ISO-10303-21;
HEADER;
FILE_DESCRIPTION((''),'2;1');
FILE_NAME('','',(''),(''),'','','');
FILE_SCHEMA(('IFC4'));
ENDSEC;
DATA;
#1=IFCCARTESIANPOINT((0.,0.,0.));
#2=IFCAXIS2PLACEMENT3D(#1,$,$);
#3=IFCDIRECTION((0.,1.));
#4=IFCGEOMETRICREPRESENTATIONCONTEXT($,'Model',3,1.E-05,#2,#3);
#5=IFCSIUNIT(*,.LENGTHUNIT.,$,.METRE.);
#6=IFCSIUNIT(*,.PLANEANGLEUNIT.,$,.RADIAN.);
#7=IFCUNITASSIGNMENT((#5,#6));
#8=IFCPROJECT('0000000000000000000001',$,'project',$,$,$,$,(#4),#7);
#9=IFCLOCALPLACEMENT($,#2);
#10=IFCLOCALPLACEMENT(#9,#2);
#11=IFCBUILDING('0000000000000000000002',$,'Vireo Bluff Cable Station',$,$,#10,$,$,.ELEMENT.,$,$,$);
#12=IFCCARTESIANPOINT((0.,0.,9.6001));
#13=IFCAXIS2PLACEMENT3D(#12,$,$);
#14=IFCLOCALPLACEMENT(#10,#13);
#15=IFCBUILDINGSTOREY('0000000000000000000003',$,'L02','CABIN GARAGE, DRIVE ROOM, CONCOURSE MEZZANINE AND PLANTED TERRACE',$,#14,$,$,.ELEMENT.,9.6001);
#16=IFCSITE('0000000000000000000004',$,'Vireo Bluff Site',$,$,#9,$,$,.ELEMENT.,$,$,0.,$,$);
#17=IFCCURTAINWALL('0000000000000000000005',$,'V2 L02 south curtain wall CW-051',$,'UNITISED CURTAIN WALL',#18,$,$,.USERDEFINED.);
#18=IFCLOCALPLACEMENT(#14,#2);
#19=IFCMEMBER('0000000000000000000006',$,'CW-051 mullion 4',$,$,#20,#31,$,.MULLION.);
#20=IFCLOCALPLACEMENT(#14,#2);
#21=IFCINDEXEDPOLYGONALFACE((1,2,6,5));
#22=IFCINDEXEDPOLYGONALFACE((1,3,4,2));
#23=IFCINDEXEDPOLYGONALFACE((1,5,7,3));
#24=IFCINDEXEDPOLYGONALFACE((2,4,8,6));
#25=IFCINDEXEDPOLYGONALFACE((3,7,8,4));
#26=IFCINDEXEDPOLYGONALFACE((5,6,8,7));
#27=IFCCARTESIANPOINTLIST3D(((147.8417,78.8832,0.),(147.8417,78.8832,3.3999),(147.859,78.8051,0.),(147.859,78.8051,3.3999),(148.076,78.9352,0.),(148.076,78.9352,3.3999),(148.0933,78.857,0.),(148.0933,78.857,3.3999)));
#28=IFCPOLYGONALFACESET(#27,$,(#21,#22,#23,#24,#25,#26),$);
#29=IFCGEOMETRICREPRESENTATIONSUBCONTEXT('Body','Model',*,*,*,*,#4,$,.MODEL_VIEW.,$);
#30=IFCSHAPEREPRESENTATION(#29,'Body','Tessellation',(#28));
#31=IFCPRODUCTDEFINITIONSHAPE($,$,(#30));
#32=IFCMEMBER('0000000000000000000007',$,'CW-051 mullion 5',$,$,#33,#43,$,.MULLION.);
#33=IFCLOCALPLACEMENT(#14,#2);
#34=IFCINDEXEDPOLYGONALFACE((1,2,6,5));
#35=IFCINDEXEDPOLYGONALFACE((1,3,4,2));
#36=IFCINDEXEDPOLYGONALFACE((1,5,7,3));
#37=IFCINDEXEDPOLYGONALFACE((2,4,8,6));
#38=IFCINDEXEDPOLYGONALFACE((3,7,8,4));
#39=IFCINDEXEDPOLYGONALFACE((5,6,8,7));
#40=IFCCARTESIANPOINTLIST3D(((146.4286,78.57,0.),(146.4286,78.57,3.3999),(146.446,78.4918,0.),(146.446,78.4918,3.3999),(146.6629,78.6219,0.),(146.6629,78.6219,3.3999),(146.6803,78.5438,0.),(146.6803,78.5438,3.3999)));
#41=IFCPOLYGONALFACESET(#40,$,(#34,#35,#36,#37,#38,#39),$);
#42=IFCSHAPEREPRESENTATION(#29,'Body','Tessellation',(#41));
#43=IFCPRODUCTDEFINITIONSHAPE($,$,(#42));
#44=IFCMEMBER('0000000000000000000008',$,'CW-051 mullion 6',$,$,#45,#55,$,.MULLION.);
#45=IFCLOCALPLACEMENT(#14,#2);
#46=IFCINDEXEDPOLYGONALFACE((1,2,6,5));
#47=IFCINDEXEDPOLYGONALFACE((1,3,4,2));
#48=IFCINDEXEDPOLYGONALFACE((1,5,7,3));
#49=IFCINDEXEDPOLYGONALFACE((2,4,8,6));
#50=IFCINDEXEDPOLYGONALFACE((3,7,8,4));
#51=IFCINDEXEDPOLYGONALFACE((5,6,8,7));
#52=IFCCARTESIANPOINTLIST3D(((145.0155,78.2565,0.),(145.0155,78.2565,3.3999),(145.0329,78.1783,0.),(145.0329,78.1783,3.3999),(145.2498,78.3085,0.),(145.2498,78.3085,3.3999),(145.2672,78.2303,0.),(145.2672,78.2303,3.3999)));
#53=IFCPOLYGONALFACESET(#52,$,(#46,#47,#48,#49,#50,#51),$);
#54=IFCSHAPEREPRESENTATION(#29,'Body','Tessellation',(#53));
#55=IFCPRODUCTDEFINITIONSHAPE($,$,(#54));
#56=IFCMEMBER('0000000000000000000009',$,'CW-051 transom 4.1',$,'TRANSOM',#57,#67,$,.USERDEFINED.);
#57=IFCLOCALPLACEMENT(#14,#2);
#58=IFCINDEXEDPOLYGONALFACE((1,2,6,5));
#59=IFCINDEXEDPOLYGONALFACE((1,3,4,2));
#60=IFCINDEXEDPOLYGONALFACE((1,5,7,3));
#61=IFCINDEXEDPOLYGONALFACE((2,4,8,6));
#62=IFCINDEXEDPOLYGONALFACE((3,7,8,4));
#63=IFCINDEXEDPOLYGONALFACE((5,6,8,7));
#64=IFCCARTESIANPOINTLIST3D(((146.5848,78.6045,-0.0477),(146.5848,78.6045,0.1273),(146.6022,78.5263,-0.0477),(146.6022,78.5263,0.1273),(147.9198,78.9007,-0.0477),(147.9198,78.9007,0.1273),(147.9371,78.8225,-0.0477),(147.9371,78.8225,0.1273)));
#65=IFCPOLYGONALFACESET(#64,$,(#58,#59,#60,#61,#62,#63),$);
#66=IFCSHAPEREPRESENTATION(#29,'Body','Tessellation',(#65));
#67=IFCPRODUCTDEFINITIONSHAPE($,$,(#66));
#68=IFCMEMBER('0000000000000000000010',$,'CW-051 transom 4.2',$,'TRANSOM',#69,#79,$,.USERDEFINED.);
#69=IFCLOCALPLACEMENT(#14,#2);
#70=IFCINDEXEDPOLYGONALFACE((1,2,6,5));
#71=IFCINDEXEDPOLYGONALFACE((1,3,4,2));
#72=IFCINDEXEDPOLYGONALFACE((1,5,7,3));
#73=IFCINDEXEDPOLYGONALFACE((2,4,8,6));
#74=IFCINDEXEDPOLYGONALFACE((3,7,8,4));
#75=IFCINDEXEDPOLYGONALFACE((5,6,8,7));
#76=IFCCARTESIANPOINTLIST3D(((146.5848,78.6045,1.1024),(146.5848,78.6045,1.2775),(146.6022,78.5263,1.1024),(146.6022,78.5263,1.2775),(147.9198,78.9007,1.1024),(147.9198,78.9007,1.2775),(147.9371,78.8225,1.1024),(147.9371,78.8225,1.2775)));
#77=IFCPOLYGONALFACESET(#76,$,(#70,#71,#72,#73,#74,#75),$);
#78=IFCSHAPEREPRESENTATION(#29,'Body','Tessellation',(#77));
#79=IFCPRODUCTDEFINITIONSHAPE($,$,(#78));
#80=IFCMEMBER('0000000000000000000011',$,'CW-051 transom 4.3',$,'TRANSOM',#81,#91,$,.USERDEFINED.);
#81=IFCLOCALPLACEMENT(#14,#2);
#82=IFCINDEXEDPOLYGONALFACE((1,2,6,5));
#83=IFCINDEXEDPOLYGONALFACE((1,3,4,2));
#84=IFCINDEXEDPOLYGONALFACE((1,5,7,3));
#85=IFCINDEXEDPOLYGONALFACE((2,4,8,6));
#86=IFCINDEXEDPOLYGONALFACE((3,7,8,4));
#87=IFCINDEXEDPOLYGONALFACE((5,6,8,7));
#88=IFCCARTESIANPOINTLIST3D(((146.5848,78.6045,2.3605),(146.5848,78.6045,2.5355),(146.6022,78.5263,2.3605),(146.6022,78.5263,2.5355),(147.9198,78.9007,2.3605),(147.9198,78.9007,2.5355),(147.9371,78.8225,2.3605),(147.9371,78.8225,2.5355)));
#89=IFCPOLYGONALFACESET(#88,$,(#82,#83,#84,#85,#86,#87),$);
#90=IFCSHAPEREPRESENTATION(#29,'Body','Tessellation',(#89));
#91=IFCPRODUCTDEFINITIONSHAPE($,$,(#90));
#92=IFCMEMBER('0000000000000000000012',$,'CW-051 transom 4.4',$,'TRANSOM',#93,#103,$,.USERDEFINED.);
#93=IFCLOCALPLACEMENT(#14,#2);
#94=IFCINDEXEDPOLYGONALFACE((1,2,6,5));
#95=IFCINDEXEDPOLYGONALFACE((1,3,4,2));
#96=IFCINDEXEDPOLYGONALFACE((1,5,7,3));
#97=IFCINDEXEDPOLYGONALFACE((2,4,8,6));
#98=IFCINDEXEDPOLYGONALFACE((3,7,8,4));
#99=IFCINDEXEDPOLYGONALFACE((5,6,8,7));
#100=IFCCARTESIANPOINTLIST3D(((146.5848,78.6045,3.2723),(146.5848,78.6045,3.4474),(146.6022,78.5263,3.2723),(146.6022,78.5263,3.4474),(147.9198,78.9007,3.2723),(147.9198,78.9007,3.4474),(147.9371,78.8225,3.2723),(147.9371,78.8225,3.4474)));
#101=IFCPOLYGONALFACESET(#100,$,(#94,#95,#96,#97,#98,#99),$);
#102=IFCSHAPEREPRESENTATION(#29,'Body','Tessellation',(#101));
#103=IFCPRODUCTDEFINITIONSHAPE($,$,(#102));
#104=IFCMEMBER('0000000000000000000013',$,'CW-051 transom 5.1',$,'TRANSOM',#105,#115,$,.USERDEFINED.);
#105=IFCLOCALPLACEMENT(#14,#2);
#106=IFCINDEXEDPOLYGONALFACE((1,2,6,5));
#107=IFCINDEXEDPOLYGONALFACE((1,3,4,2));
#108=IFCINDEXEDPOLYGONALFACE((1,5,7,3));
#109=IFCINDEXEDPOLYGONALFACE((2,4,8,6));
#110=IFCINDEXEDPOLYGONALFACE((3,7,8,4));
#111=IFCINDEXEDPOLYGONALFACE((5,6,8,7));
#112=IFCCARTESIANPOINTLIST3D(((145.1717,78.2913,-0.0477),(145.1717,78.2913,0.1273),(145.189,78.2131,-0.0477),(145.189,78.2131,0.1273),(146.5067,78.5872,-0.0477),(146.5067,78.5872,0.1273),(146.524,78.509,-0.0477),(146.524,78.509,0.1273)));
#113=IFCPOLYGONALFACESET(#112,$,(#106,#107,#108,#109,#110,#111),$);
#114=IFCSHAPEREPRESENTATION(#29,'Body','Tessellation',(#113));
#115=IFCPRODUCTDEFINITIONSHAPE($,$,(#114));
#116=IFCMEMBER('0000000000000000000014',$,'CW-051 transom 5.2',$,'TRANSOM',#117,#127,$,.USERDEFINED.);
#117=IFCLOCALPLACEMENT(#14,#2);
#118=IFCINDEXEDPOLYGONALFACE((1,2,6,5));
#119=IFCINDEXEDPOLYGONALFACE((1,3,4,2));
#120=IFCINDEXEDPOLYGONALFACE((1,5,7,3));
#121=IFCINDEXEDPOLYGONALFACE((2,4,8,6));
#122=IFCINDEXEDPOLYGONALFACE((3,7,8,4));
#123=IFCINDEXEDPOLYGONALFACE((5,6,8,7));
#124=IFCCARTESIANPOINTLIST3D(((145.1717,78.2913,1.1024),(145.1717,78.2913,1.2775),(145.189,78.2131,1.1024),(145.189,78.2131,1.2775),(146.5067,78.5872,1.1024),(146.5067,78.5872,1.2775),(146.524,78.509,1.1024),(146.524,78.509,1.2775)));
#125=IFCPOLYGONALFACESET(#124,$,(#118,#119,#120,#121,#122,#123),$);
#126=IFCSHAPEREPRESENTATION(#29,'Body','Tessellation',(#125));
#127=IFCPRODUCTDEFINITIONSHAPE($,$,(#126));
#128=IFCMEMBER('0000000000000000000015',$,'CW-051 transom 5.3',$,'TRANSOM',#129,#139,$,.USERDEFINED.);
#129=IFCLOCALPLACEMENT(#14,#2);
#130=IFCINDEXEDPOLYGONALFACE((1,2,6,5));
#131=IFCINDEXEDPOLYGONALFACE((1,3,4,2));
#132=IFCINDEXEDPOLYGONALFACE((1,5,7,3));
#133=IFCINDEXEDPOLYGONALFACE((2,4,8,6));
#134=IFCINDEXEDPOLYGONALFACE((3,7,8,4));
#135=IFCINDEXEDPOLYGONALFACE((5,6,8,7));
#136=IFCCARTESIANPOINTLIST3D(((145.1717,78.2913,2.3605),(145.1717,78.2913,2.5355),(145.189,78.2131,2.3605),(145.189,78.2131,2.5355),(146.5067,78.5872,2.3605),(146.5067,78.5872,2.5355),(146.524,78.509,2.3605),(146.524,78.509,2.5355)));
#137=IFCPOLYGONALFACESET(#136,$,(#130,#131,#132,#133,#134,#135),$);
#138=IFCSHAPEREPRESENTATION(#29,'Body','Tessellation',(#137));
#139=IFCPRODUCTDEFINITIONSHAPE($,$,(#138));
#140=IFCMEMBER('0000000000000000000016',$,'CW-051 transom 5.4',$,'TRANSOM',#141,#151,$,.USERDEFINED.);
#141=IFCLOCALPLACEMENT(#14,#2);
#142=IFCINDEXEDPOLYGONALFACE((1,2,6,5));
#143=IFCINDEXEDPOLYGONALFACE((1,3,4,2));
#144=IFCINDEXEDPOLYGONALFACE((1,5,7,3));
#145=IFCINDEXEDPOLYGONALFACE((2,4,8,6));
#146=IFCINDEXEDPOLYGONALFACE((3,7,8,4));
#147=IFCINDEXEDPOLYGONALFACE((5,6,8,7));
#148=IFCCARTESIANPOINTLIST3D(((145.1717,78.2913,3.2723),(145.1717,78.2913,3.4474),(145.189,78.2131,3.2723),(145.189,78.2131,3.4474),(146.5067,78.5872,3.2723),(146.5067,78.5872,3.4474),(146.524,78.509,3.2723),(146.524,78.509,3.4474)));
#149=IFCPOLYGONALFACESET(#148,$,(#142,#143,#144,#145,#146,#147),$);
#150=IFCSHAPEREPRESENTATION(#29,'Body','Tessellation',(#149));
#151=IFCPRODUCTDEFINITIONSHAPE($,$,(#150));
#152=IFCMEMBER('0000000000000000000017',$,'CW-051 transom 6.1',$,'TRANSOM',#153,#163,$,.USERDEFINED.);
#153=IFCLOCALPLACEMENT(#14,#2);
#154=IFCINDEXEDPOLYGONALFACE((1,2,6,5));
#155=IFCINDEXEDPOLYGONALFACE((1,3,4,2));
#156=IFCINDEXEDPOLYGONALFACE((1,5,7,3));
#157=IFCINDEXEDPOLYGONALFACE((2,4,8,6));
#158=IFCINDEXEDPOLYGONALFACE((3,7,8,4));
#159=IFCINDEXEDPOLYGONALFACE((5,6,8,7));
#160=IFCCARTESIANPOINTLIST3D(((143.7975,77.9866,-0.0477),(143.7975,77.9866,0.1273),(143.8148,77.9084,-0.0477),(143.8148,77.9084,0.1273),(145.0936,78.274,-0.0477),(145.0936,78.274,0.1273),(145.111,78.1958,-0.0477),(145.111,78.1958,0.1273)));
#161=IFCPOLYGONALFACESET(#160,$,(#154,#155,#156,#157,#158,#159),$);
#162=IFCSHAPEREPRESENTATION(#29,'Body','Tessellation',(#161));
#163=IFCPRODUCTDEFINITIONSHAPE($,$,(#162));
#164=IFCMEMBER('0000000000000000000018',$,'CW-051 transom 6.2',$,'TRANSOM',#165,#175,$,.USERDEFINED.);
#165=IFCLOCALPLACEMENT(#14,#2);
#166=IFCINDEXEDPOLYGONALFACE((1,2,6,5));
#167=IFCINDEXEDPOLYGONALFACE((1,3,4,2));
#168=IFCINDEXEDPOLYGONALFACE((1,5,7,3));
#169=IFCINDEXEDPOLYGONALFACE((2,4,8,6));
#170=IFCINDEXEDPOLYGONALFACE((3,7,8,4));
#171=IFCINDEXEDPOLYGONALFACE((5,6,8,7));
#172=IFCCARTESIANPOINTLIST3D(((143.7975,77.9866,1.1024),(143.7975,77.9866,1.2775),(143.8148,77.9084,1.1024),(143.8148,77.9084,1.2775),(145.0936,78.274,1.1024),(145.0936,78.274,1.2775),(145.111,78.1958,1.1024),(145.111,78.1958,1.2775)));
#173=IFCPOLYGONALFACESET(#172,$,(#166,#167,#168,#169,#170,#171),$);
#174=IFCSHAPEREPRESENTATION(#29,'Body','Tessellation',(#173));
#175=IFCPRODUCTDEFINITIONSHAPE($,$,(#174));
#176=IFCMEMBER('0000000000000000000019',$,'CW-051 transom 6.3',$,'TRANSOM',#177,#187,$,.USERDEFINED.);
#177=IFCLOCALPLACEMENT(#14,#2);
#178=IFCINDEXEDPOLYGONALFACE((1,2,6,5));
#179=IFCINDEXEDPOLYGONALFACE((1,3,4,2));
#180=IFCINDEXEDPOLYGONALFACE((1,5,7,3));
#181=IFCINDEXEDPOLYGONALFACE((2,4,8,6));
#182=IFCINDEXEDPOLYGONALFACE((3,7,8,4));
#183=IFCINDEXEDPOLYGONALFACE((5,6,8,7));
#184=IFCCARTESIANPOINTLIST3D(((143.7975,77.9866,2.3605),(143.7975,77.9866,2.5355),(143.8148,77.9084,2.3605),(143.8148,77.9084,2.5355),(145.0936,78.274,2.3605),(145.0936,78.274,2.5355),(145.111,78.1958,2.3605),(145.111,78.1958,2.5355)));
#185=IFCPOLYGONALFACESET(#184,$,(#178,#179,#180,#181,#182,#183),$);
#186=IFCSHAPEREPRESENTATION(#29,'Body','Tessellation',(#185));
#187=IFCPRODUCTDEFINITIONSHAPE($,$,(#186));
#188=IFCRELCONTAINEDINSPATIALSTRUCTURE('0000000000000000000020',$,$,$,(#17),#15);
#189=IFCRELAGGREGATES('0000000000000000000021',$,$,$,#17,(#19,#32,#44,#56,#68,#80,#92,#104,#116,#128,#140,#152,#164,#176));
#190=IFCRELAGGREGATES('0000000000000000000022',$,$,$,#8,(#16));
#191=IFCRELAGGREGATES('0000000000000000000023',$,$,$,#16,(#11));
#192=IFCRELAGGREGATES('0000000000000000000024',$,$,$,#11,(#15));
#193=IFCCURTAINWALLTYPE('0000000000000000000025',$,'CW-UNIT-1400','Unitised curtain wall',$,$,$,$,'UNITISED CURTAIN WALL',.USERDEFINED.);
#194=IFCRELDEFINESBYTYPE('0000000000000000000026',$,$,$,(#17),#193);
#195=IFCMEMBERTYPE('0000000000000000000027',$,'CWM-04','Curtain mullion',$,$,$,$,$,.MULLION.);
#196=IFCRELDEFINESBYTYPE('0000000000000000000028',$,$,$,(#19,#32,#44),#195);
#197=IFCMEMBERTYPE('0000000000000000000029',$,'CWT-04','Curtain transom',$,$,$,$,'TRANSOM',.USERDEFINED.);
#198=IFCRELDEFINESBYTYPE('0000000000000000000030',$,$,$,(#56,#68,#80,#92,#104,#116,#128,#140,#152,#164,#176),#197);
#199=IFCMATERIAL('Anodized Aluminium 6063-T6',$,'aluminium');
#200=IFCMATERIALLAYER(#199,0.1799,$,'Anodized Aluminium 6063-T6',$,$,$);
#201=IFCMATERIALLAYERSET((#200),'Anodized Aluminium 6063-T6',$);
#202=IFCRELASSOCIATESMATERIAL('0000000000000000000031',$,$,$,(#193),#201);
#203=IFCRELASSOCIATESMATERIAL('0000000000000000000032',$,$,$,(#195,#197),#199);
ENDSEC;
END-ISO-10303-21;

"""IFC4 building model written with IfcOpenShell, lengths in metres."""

from ifc_helpers import new_model, si_unit, direction, frame, origin, origin_2d, place, context, subcontext, project, spatial, rectangle, extrude, material, layer, layer_set, material_profile, profile_set, type_object, element, aggregate, save


model = new_model("IFC4")

# Units and contexts
model_context = context("Model", 3, precision=1e-05, world=origin(), true_north=direction((0.0, 1.0)))
body_context = subcontext(model_context, "Body", "Model", "MODEL_VIEW")
ifc_project = project(units=[si_unit("LENGTHUNIT", "METRE"), si_unit("PLANEANGLEUNIT", "RADIAN")], contexts=[model_context])

# Site, building, storey
site_placement = place(None, origin())
site = spatial("IfcSite", under=ifc_project, at=site_placement, Name="Vireo Bluff Site", CompositionType="ELEMENT", RefElevation=0.0)
building_placement = place(site_placement, origin())
building = spatial("IfcBuilding", under=site, at=building_placement, Name="Vireo Bluff Cable Station", CompositionType="ELEMENT")
storey_placement = place(building_placement, frame((0.0, 0.0, 9.6001)))
storey = spatial("IfcBuildingStorey", under=building, at=storey_placement, Name="L02", Description="CABIN GARAGE, DRIVE ROOM, CONCOURSE MEZZANINE AND PLANTED TERRACE", CompositionType="ELEMENT", Elevation=9.6001)

# Curtain wall, members
ifc_material_1 = material(Name="Anodized Aluminium 6063-T6", Category="aluminium")
ifc_layer_1 = layer(ifc_material_1, 0.1799, Name="Anodized Aluminium 6063-T6")
ifc_layer_set_1 = layer_set([ifc_layer_1], Name="Anodized Aluminium 6063-T6")
curtain_wall_type = type_object("IfcCurtainWallType", Name="CW-UNIT-1400", Description="Unitised curtain wall", ElementType="UNITISED CURTAIN WALL", PredefinedType="USERDEFINED", material=ifc_layer_set_1)
curtain_wall_placement = place(storey_placement, origin())
curtain_wall = element("IfcCurtainWall", 1, at=curtain_wall_placement, inside=storey, type_object=curtain_wall_type, Name="V2 L02 south curtain wall CW-051", ObjectType="UNITISED CURTAIN WALL", PredefinedType="USERDEFINED")
ifc_material_profile_1 = material_profile(ifc_material_1, rectangle(XDim=0.0801, YDim=0.24, at=origin_2d()), Name="ALU-M-80X240")
ifc_profile_set_1 = profile_set([ifc_material_profile_1], Name="Anodized Aluminium 6063-T6")
member_type_1 = type_object("IfcMemberType", Name="CWM-04", Description="Curtain mullion", PredefinedType="MULLION", material=ifc_profile_set_1)
member_1_placement = place(storey_placement, frame((147.9675, 78.8701, 0.0), z_axis=(0.0, 0.0, 1.0), x_axis=(0.21644, -0.976296, 0.0)))
member_1 = element("IfcMember", 2, at=member_1_placement, type_object=member_type_1, Name="CW-051 mullion 4", PredefinedType="MULLION", context=body_context, shape_type="SweptSolid", body=[
    extrude(rectangle(XDim=0.0801, YDim=0.24, at=origin_2d()), origin(), (0.0, 0.0, 1.0), 3.3999),
])
member_2_placement = place(storey_placement, frame((146.5544, 78.5569, 0.0), z_axis=(0.0, 0.0, 1.0), x_axis=(0.21644, -0.976296, 0.0)))
member_2 = element("IfcMember", 3, at=member_2_placement, type_object=member_type_1, Name="CW-051 mullion 5", PredefinedType="MULLION", context=body_context, shape_type="SweptSolid", body=[
    extrude(rectangle(XDim=0.0801, YDim=0.24, at=origin_2d()), origin(), (0.0, 0.0, 1.0), 3.3999),
])
member_3_placement = place(storey_placement, frame((145.1414, 78.2434, 0.0), z_axis=(0.0, 0.0, 1.0), x_axis=(0.21644, -0.976296, 0.0)))
member_3 = element("IfcMember", 4, at=member_3_placement, type_object=member_type_1, Name="CW-051 mullion 6", PredefinedType="MULLION", context=body_context, shape_type="SweptSolid", body=[
    extrude(rectangle(XDim=0.0801, YDim=0.24, at=origin_2d()), origin(), (0.0, 0.0, 1.0), 3.3999),
])
ifc_material_profile_2 = material_profile(ifc_material_1, rectangle(XDim=0.0801, YDim=0.175, at=origin_2d()), Name="ALU-T-80X175")
ifc_profile_set_2 = profile_set([ifc_material_profile_2], Name="Anodized Aluminium 6063-T6")
member_type_2 = type_object("IfcMemberType", Name="CWT-04", Description="Curtain transom", ElementType="TRANSOM", PredefinedType="USERDEFINED", material=ifc_profile_set_2)
member_4_placement = place(storey_placement, frame((147.9285, 78.8616, 0.0398), z_axis=(-0.976267, -0.216571, 0.0), x_axis=(0.216571, -0.976267, 0.0)))
member_4 = element("IfcMember", 5, at=member_4_placement, type_object=member_type_2, Name="CW-051 transom 4.1", ObjectType="TRANSOM", PredefinedType="USERDEFINED", context=body_context, shape_type="SweptSolid", body=[
    extrude(rectangle(XDim=0.0801, YDim=0.175, at=origin_2d()), origin(), (0.0, 0.0, 1.0), 1.3674),
])
member_5_placement = place(storey_placement, frame((147.9285, 78.8616, 1.1899), z_axis=(-0.976267, -0.216571, 0.0), x_axis=(0.216571, -0.976267, 0.0)))
member_5 = element("IfcMember", 6, at=member_5_placement, type_object=member_type_2, Name="CW-051 transom 4.2", ObjectType="TRANSOM", PredefinedType="USERDEFINED", context=body_context, shape_type="SweptSolid", body=[
    extrude(rectangle(XDim=0.0801, YDim=0.175, at=origin_2d()), origin(), (0.0, 0.0, 1.0), 1.3674),
])
member_6_placement = place(storey_placement, frame((147.9285, 78.8616, 2.448), z_axis=(-0.976267, -0.216571, 0.0), x_axis=(0.216571, -0.976267, 0.0)))
member_6 = element("IfcMember", 7, at=member_6_placement, type_object=member_type_2, Name="CW-051 transom 4.3", ObjectType="TRANSOM", PredefinedType="USERDEFINED", context=body_context, shape_type="SweptSolid", body=[
    extrude(rectangle(XDim=0.0801, YDim=0.175, at=origin_2d()), origin(), (0.0, 0.0, 1.0), 1.3674),
])
member_7_placement = place(storey_placement, frame((147.9285, 78.8616, 3.3599), z_axis=(-0.976267, -0.216571, 0.0), x_axis=(0.216571, -0.976267, 0.0)))
member_7 = element("IfcMember", 8, at=member_7_placement, type_object=member_type_2, Name="CW-051 transom 4.4", ObjectType="TRANSOM", PredefinedType="USERDEFINED", context=body_context, shape_type="SweptSolid", body=[
    extrude(rectangle(XDim=0.0801, YDim=0.175, at=origin_2d()), origin(), (0.0, 0.0, 1.0), 1.3674),
])
member_8_placement = place(storey_placement, frame((146.5154, 78.5481, 0.0398), z_axis=(-0.976305, -0.216401, 0.0), x_axis=(0.216401, -0.976305, 0.0)))
member_8 = element("IfcMember", 9, at=member_8_placement, type_object=member_type_2, Name="CW-051 transom 5.1", ObjectType="TRANSOM", PredefinedType="USERDEFINED", context=body_context, shape_type="SweptSolid", body=[
    extrude(rectangle(XDim=0.0801, YDim=0.175, at=origin_2d()), origin(), (0.0, 0.0, 1.0), 1.3674),
])
member_9_placement = place(storey_placement, frame((146.5154, 78.5481, 1.1899), z_axis=(-0.976305, -0.216401, 0.0), x_axis=(0.216401, -0.976305, 0.0)))
member_9 = element("IfcMember", 10, at=member_9_placement, type_object=member_type_2, Name="CW-051 transom 5.2", ObjectType="TRANSOM", PredefinedType="USERDEFINED", context=body_context, shape_type="SweptSolid", body=[
    extrude(rectangle(XDim=0.0801, YDim=0.175, at=origin_2d()), origin(), (0.0, 0.0, 1.0), 1.3674),
])
member_10_placement = place(storey_placement, frame((146.5154, 78.5481, 2.448), z_axis=(-0.976305, -0.216401, 0.0), x_axis=(0.216401, -0.976305, 0.0)))
member_10 = element("IfcMember", 11, at=member_10_placement, type_object=member_type_2, Name="CW-051 transom 5.3", ObjectType="TRANSOM", PredefinedType="USERDEFINED", context=body_context, shape_type="SweptSolid", body=[
    extrude(rectangle(XDim=0.0801, YDim=0.175, at=origin_2d()), origin(), (0.0, 0.0, 1.0), 1.3674),
])
member_11_placement = place(storey_placement, frame((146.5154, 78.5481, 3.3599), z_axis=(-0.976305, -0.216401, 0.0), x_axis=(0.216401, -0.976305, 0.0)))
member_11 = element("IfcMember", 12, at=member_11_placement, type_object=member_type_2, Name="CW-051 transom 5.4", ObjectType="TRANSOM", PredefinedType="USERDEFINED", context=body_context, shape_type="SweptSolid", body=[
    extrude(rectangle(XDim=0.0801, YDim=0.175, at=origin_2d()), origin(), (0.0, 0.0, 1.0), 1.3674),
])
member_12_placement = place(storey_placement, frame((145.1023, 78.2349, 0.0398), z_axis=(-0.976295, -0.216444, 0.0), x_axis=(0.216444, -0.976295, 0.0)))
member_12 = element("IfcMember", 13, at=member_12_placement, type_object=member_type_2, Name="CW-051 transom 6.1", ObjectType="TRANSOM", PredefinedType="USERDEFINED", context=body_context, shape_type="SweptSolid", body=[
    extrude(rectangle(XDim=0.0801, YDim=0.175, at=origin_2d()), origin(), (0.0, 0.0, 1.0), 1.3276),
])
member_13_placement = place(storey_placement, frame((145.1023, 78.2349, 1.1899), z_axis=(-0.976295, -0.216444, 0.0), x_axis=(0.216444, -0.976295, 0.0)))
member_13 = element("IfcMember", 14, at=member_13_placement, type_object=member_type_2, Name="CW-051 transom 6.2", ObjectType="TRANSOM", PredefinedType="USERDEFINED", context=body_context, shape_type="SweptSolid", body=[
    extrude(rectangle(XDim=0.0801, YDim=0.175, at=origin_2d()), origin(), (0.0, 0.0, 1.0), 1.3276),
])
member_14_placement = place(storey_placement, frame((145.1023, 78.2349, 2.448), z_axis=(-0.976295, -0.216444, 0.0), x_axis=(0.216444, -0.976295, 0.0)))
member_14 = element("IfcMember", 15, at=member_14_placement, type_object=member_type_2, Name="CW-051 transom 6.3", ObjectType="TRANSOM", PredefinedType="USERDEFINED", context=body_context, shape_type="SweptSolid", body=[
    extrude(rectangle(XDim=0.0801, YDim=0.175, at=origin_2d()), origin(), (0.0, 0.0, 1.0), 1.3276),
])
aggregate(curtain_wall, [member_1, member_2, member_3, member_4, member_5, member_6, member_7, member_8, member_9, member_10, member_11, member_12, member_13, member_14])

save(model, "model.ifc")
